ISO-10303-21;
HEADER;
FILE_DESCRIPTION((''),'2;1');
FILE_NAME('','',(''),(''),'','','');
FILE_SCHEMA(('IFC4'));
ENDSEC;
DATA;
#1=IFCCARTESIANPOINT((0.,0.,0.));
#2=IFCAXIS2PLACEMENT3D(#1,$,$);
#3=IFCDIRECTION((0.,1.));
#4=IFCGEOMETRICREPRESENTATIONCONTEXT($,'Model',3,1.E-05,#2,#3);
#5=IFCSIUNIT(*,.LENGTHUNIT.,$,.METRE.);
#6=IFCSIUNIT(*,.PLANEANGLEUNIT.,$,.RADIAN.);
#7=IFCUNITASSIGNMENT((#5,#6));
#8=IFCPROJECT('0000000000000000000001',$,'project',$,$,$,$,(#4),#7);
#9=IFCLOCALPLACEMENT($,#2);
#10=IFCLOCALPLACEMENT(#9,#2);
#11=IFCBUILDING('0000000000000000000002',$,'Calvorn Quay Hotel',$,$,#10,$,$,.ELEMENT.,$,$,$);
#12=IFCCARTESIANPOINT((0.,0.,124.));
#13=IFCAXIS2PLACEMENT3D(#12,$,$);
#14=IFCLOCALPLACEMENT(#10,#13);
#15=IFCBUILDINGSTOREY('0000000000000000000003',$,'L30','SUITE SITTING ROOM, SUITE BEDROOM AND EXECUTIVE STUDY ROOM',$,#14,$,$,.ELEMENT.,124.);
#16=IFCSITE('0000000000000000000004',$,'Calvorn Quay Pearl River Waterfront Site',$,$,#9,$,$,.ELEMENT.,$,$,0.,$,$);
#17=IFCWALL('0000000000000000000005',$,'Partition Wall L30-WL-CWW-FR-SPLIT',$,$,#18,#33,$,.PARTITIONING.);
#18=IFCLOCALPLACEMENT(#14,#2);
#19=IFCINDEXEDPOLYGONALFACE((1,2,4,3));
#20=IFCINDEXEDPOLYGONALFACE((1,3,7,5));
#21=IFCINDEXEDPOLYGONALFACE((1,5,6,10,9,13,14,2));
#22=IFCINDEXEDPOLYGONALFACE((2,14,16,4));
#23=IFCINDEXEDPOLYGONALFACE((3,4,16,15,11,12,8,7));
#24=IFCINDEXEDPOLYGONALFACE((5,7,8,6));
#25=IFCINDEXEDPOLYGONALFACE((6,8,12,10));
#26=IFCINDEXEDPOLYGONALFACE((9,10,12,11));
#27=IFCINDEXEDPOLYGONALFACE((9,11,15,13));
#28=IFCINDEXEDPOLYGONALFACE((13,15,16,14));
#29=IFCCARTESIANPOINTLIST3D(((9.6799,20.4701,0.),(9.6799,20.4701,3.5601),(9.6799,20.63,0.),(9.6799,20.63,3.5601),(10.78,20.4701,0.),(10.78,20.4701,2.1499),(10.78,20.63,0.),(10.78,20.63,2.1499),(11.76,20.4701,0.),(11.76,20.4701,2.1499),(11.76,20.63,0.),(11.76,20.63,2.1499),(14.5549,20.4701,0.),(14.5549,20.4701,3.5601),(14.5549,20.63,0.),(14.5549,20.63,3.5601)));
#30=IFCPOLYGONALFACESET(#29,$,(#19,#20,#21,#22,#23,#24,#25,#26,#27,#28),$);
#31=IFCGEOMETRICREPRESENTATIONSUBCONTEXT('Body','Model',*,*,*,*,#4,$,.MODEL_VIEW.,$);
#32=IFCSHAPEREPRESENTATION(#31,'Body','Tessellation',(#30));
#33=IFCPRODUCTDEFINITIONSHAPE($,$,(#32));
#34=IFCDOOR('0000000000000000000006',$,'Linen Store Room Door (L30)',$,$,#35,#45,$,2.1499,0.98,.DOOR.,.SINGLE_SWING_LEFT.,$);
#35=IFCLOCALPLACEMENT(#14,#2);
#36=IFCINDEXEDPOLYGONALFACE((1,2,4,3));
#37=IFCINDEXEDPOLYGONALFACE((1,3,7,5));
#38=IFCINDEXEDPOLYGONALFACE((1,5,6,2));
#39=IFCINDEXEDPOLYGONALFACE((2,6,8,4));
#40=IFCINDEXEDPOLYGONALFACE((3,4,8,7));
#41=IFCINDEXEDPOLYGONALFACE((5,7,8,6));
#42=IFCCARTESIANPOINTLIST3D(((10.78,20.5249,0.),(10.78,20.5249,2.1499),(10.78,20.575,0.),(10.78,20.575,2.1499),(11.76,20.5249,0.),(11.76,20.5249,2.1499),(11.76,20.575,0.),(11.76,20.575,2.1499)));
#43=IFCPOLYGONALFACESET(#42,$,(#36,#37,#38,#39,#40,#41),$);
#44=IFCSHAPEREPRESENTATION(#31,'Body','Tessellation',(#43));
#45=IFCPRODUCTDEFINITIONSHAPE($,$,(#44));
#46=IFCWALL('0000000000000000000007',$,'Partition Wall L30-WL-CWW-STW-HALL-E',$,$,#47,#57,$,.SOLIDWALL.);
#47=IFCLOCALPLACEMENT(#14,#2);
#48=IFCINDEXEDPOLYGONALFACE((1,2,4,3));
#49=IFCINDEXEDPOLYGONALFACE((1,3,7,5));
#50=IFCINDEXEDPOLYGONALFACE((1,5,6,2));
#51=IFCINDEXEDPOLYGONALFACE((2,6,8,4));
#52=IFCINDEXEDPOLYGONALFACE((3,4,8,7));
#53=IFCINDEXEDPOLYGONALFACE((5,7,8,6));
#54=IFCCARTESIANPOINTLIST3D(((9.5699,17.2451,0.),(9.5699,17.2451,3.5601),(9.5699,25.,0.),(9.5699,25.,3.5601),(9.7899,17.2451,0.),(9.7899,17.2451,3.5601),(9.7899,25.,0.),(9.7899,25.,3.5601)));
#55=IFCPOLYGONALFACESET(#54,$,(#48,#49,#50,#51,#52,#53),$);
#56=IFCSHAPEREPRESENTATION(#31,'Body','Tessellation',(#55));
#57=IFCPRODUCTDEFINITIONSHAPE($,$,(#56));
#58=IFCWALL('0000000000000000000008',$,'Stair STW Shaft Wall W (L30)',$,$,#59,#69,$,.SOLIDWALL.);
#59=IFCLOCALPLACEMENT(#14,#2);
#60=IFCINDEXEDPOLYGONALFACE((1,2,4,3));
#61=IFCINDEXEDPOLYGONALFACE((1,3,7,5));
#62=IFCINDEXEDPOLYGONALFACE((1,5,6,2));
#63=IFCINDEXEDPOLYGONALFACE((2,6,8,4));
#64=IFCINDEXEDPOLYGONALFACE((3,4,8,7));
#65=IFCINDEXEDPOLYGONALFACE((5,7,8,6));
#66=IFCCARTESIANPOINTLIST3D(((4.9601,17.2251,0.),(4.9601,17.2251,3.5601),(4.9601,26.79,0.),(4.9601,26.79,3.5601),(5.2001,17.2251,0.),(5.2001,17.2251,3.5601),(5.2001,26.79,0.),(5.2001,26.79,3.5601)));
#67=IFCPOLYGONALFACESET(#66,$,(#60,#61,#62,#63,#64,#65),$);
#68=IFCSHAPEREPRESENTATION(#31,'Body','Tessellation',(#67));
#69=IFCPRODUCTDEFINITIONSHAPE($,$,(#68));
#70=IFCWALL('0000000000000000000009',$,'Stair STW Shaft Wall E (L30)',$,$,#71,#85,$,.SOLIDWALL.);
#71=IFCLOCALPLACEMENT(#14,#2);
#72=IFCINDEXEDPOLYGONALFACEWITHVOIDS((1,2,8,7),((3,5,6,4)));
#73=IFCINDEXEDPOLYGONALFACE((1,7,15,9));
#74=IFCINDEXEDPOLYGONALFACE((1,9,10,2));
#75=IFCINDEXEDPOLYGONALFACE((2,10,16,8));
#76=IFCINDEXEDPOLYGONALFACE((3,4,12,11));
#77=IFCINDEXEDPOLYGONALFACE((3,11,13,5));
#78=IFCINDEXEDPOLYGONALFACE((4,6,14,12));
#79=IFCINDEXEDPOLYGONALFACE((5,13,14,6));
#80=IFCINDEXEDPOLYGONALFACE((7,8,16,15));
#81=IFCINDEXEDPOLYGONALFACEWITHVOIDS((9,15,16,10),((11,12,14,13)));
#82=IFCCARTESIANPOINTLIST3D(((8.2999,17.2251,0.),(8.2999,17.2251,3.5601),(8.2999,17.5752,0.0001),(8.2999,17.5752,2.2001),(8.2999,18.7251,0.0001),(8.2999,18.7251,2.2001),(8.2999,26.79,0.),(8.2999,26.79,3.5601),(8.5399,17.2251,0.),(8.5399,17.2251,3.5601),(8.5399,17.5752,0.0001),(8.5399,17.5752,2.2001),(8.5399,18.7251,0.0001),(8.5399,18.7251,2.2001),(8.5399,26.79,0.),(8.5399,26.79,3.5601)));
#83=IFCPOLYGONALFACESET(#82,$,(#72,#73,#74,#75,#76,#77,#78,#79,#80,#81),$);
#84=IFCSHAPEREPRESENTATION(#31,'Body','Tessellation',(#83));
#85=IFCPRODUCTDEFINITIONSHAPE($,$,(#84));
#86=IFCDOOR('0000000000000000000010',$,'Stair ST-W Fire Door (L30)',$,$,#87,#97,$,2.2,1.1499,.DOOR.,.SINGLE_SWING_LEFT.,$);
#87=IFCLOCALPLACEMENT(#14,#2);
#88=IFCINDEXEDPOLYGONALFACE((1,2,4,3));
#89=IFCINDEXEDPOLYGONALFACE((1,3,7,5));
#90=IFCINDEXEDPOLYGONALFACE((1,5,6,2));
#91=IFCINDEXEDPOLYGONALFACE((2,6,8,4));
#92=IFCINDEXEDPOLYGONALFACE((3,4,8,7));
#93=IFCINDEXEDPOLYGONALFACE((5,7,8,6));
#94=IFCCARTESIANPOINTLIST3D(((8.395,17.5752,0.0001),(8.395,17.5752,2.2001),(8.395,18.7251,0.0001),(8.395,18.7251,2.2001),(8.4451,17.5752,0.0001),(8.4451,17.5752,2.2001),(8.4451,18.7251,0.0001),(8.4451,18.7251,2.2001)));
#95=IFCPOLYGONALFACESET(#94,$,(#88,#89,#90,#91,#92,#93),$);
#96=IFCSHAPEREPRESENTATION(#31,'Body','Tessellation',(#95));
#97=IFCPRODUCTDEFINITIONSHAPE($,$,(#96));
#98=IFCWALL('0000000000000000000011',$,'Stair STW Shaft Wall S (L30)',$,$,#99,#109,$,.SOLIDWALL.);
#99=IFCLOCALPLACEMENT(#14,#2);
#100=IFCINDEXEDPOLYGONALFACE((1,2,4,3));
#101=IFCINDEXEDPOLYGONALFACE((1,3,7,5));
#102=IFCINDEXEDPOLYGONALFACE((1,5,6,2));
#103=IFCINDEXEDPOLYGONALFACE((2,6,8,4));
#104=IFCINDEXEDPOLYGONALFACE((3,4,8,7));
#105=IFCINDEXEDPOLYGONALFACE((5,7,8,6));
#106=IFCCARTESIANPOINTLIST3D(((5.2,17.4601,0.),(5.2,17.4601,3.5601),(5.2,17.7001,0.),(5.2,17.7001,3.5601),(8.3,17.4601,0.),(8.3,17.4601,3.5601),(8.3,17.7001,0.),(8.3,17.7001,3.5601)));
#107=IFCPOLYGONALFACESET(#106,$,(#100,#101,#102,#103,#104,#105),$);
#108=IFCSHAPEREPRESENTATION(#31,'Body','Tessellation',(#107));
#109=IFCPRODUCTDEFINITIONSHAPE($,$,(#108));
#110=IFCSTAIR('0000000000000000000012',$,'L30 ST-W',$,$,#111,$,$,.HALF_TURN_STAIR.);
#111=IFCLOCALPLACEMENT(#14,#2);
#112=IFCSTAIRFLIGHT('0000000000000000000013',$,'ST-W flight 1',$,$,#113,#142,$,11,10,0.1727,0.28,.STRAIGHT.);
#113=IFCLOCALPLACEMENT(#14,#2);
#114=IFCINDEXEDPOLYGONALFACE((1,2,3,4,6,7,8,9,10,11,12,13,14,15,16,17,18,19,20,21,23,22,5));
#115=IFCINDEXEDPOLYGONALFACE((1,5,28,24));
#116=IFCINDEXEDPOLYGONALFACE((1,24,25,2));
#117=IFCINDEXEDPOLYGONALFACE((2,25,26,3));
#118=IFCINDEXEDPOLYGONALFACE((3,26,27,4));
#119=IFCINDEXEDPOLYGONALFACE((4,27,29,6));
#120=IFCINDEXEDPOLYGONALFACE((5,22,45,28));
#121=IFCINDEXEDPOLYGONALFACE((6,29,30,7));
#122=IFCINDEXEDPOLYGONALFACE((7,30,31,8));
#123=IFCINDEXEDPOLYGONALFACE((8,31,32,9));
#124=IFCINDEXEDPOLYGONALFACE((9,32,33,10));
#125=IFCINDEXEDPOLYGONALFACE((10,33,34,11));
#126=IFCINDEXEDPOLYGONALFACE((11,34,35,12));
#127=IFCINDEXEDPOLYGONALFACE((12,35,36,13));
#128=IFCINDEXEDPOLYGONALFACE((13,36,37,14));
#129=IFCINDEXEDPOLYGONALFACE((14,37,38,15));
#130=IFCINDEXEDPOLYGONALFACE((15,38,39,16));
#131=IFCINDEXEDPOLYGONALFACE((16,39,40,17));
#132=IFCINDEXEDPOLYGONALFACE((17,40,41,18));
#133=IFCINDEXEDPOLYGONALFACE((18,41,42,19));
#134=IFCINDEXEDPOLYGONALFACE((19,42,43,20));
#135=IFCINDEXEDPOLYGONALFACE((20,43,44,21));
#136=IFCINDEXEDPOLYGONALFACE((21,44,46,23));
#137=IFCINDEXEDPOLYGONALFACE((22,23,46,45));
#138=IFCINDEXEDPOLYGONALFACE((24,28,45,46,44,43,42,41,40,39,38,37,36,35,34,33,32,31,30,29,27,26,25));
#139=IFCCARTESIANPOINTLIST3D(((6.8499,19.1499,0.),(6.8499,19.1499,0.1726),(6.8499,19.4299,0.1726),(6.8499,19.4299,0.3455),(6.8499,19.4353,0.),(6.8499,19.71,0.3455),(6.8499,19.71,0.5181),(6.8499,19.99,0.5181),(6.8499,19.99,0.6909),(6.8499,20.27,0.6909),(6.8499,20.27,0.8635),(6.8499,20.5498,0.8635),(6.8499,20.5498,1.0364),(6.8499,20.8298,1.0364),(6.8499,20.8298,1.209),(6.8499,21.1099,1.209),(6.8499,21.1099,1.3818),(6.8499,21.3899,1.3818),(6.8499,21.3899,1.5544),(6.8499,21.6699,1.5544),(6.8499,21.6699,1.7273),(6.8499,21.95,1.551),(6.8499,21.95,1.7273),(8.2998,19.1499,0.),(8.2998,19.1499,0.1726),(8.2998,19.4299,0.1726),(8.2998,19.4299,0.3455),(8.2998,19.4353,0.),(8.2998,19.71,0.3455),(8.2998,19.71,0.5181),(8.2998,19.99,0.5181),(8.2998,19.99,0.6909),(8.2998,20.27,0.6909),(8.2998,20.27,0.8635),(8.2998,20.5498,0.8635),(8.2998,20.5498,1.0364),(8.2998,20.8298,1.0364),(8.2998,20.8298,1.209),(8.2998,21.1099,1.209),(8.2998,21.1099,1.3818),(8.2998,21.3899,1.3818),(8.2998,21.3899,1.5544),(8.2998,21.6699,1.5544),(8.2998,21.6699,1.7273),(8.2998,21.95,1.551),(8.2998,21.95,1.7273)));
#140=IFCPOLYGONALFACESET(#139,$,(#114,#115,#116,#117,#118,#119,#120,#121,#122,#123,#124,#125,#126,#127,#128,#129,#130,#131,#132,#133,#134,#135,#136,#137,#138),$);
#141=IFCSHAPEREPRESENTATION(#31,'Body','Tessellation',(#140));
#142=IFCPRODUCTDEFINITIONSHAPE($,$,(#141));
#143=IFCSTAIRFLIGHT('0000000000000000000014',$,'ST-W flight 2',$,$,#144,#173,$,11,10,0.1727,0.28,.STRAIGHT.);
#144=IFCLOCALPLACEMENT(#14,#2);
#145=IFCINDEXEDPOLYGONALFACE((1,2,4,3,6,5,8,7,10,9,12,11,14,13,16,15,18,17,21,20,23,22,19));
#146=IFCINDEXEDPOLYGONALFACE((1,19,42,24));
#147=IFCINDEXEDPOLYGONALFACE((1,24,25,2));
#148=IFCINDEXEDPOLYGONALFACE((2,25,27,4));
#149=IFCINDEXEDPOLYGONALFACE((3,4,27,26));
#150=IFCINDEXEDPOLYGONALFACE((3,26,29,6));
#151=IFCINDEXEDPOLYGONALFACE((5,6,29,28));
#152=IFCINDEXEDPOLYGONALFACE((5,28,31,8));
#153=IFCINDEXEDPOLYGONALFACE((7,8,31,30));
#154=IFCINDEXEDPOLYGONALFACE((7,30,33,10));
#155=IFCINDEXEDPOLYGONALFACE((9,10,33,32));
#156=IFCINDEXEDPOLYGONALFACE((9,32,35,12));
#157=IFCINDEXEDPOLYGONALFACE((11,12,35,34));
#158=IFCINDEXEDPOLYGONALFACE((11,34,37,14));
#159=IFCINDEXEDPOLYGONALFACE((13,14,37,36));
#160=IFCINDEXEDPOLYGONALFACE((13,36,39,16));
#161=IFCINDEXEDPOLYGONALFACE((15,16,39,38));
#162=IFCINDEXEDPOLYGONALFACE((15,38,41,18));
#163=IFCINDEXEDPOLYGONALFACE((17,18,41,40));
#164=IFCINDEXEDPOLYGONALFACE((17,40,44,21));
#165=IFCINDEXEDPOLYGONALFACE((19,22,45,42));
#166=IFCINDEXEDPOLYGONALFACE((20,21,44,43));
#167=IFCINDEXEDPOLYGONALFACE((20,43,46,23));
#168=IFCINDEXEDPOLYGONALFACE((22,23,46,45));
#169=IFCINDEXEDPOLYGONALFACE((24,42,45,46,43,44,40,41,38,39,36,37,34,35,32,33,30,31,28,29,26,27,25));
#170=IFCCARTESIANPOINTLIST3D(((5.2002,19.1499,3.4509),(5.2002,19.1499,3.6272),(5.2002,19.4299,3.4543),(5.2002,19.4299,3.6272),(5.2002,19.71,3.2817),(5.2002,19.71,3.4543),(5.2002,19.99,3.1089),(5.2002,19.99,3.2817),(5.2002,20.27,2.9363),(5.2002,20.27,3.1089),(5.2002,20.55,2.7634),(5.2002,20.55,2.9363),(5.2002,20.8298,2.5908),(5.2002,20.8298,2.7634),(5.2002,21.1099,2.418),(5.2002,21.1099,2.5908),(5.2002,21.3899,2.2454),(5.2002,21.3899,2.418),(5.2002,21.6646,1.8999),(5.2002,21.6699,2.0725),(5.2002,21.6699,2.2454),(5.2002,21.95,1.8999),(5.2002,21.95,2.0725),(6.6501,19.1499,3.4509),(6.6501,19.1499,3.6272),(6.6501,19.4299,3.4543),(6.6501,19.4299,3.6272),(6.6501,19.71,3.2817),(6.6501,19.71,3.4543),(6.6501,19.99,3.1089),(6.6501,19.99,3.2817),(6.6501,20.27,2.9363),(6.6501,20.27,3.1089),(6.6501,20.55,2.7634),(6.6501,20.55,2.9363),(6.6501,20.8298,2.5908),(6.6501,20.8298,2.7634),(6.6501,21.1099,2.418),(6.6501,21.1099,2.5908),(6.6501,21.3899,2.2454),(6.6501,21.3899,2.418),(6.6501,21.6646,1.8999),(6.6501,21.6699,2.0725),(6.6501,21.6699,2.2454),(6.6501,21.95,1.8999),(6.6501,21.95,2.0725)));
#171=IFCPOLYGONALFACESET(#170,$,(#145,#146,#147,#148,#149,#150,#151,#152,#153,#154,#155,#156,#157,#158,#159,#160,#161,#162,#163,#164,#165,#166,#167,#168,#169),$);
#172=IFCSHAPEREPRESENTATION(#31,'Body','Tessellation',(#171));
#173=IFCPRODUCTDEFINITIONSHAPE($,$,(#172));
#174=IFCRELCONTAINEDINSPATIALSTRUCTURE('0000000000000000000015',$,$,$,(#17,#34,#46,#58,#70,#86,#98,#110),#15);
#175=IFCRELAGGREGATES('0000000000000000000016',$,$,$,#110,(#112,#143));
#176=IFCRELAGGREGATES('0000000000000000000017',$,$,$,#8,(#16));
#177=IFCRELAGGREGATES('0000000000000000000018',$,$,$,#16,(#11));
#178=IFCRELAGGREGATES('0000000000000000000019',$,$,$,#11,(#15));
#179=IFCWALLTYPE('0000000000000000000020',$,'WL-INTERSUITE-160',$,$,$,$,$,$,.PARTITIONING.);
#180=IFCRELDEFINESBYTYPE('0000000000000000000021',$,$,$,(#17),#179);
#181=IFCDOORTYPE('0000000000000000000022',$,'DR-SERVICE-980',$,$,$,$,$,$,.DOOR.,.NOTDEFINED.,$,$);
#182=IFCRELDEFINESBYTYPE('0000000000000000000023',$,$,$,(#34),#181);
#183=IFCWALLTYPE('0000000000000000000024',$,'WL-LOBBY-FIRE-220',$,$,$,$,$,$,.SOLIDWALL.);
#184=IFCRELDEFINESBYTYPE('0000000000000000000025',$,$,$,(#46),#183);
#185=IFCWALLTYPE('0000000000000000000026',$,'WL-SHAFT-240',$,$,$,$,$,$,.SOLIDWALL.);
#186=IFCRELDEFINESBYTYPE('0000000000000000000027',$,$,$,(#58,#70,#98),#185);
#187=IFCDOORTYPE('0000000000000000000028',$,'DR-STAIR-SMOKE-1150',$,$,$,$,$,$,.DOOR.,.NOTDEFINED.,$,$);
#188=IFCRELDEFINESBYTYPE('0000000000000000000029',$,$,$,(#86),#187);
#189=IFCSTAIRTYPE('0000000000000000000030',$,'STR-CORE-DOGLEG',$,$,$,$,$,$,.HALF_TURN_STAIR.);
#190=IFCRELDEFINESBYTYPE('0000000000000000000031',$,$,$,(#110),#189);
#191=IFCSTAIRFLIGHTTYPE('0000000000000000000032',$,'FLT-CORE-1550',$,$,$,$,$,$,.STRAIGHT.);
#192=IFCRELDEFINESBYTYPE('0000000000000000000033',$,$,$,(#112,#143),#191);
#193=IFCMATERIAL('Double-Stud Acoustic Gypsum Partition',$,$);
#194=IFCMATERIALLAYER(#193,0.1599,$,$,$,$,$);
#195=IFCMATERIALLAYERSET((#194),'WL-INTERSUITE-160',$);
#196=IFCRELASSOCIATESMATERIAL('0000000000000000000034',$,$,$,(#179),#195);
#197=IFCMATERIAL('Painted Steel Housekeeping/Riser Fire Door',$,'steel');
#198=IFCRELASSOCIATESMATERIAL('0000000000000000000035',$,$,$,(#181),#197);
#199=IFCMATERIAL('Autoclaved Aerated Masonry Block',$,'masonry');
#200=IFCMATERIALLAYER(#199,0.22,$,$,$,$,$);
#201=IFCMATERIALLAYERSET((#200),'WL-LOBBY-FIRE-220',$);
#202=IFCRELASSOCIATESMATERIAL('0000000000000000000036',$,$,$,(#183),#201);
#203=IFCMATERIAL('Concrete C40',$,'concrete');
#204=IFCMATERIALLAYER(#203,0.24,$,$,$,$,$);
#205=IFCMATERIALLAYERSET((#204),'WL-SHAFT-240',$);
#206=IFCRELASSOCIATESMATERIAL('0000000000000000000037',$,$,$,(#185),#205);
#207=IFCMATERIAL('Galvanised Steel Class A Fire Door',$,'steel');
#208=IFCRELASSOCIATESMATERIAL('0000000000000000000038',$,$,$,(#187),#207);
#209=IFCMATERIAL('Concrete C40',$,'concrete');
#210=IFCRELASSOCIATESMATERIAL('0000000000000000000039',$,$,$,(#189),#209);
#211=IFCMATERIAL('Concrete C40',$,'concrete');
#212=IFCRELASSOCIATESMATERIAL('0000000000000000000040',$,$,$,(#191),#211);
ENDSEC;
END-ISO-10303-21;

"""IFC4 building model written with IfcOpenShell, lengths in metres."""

from ifc_helpers import new_model, si_unit, direction, frame, frame_2d, origin, place, context, subcontext, project, spatial, polyline, rectangle, outline, extrude, material, layer, layer_set, type_object, element, fill, aggregate, save


model = new_model("IFC4")

# Units and contexts
model_context = context("Model", 3, precision=1e-05, world=origin(), true_north=direction((0.0, 1.0)))
body_context = subcontext(model_context, "Body", "Model", "MODEL_VIEW")
ifc_project = project(units=[si_unit("LENGTHUNIT", "METRE"), si_unit("PLANEANGLEUNIT", "RADIAN")], contexts=[model_context])

# Site, building, storey
site_placement = place(None, origin())
site = spatial("IfcSite", under=ifc_project, at=site_placement, Name="Calvorn Quay Pearl River Waterfront Site", CompositionType="ELEMENT", RefElevation=0.0)
building_placement = place(site_placement, origin())
building = spatial("IfcBuilding", under=site, at=building_placement, Name="Calvorn Quay Hotel", CompositionType="ELEMENT")
storey_placement = place(building_placement, frame((0.0, 0.0, 124.0)))
storey = spatial("IfcBuildingStorey", under=building, at=storey_placement, Name="L30", Description="SUITE SITTING ROOM, SUITE BEDROOM AND EXECUTIVE STUDY ROOM", CompositionType="ELEMENT", Elevation=124.0)

# Wall, opening, door
ifc_material_1 = material(Name="Double-Stud Acoustic Gypsum Partition")
ifc_layer_1 = layer(ifc_material_1, 0.1599)
ifc_layer_set_1 = layer_set([ifc_layer_1], Name="WL-INTERSUITE-160")
wall_type_1 = type_object("IfcWallType", Name="WL-INTERSUITE-160", PredefinedType="PARTITIONING", material=ifc_layer_set_1)
wall_1_placement = place(storey_placement, frame((9.6799, 20.55, 0.0), z_axis=(0.0, 0.0, 1.0), x_axis=(1.0, 0.0, 0.0)))
wall_1 = element("IfcWall", 1, at=wall_1_placement, inside=storey, type_object=wall_type_1, Name="Partition Wall L30-WL-CWW-FR-SPLIT", PredefinedType="PARTITIONING", context=body_context, shape_type="SweptSolid", body=[
    extrude(rectangle(XDim=4.875, YDim=0.1599, at=frame_2d((2.4375, 0.0))), origin(), (0.0, 0.0, 1.0), 3.5601),
])
opening_1_placement = place(wall_1_placement, frame((1.1001, 0.0, 0.0)))
opening_1 = element("IfcOpeningElement", 2, at=opening_1_placement, cuts=wall_1, PredefinedType="OPENING", context=body_context, shape_type="SweptSolid", body=[
    extrude(rectangle(XDim=0.98, YDim=2.1499, at=frame_2d((0.49, 1.075))), frame((0.0, 0.0898, 0.0), z_axis=(0.0, -1.0, 0.0), x_axis=(1.0, 0.0, 0.0)), (0.0, 0.0, 1.0), 0.1799),
])
ifc_material_2 = material(Name="Painted Steel Housekeeping/Riser Fire Door", Category="steel")
door_type_1 = type_object("IfcDoorType", Name="DR-SERVICE-980", OperationType="NOTDEFINED", PredefinedType="DOOR", material=ifc_material_2)
door_1_placement = place(opening_1_placement, origin())
door_1 = element("IfcDoor", 3, at=door_1_placement, inside=storey, type_object=door_type_1, Name="Linen Store Room Door (L30)", OperationType="SINGLE_SWING_LEFT", OverallHeight=2.1499, OverallWidth=0.98, PredefinedType="DOOR", context=body_context, shape_type="SweptSolid", body=[
    extrude(rectangle(XDim=0.98, YDim=2.1499, at=frame_2d((0.49, 1.075))), frame((0.0, 0.0249, 0.0), z_axis=(0.0, -1.0, 0.0), x_axis=(1.0, 0.0, 0.0)), (0.0, 0.0, 1.0), 0.05),
])
fill(opening_1, door_1)

# Walls
ifc_material_3 = material(Name="Autoclaved Aerated Masonry Block", Category="masonry")
ifc_layer_2 = layer(ifc_material_3, 0.22)
ifc_layer_set_2 = layer_set([ifc_layer_2], Name="WL-LOBBY-FIRE-220")
wall_type_2 = type_object("IfcWallType", Name="WL-LOBBY-FIRE-220", PredefinedType="SOLIDWALL", material=ifc_layer_set_2)
wall_2_placement = place(storey_placement, frame((9.6799, 17.2451, 0.0), z_axis=(0.0, 0.0, 1.0), x_axis=(0.0, 1.0, 0.0)))
element("IfcWall", 4, at=wall_2_placement, inside=storey, type_object=wall_type_2, Name="Partition Wall L30-WL-CWW-STW-HALL-E", PredefinedType="SOLIDWALL", context=body_context, shape_type="SweptSolid", body=[
    extrude(rectangle(XDim=7.7549, YDim=0.22, at=frame_2d((3.8774, 0.0))), origin(), (0.0, 0.0, 1.0), 3.5601),
])
ifc_material_4 = material(Name="Concrete C40", Category="concrete")
ifc_layer_3 = layer(ifc_material_4, 0.24)
ifc_layer_set_3 = layer_set([ifc_layer_3], Name="WL-SHAFT-240")
wall_type_3 = type_object("IfcWallType", Name="WL-SHAFT-240", PredefinedType="SOLIDWALL", material=ifc_layer_set_3)
wall_3_placement = place(storey_placement, frame((5.0801, 17.2251, 0.0), z_axis=(0.0, 0.0, 1.0), x_axis=(0.0, 1.0, 0.0)))
element("IfcWall", 5, at=wall_3_placement, inside=storey, type_object=wall_type_3, Name="Stair STW Shaft Wall W (L30)", PredefinedType="SOLIDWALL", context=body_context, shape_type="SweptSolid", body=[
    extrude(rectangle(XDim=9.5649, YDim=0.24, at=frame_2d((4.7825, 0.0))), origin(), (0.0, 0.0, 1.0), 3.5601),
])

# Wall, opening, door
wall_4_placement = place(storey_placement, frame((8.4199, 17.2251, 0.0), z_axis=(0.0, 0.0, 1.0), x_axis=(0.0, 1.0, 0.0)))
wall_4 = element("IfcWall", 6, at=wall_4_placement, inside=storey, type_object=wall_type_3, Name="Stair STW Shaft Wall E (L30)", PredefinedType="SOLIDWALL", context=body_context, shape_type="SweptSolid", body=[
    extrude(rectangle(XDim=9.5649, YDim=0.24, at=frame_2d((4.7825, 0.0))), origin(), (0.0, 0.0, 1.0), 3.5601),
])
opening_2_placement = place(wall_4_placement, frame((0.3501, 0.0, 0.0)))
opening_2 = element("IfcOpeningElement", 7, at=opening_2_placement, cuts=wall_4, PredefinedType="OPENING", context=body_context, shape_type="SweptSolid", body=[
    extrude(rectangle(XDim=1.1499, YDim=2.2, at=frame_2d((0.575, 1.1001))), frame((0.0, 0.1299, 0.0), z_axis=(0.0, -1.0, 0.0), x_axis=(1.0, 0.0, 0.0)), (0.0, 0.0, 1.0), 0.26),
])
ifc_material_5 = material(Name="Galvanised Steel Class A Fire Door", Category="steel")
door_type_2 = type_object("IfcDoorType", Name="DR-STAIR-SMOKE-1150", OperationType="NOTDEFINED", PredefinedType="DOOR", material=ifc_material_5)
door_2_placement = place(opening_2_placement, origin())
door_2 = element("IfcDoor", 8, at=door_2_placement, inside=storey, type_object=door_type_2, Name="Stair ST-W Fire Door (L30)", OperationType="SINGLE_SWING_LEFT", OverallHeight=2.2, OverallWidth=1.1499, PredefinedType="DOOR", context=body_context, shape_type="SweptSolid", body=[
    extrude(rectangle(XDim=1.1499, YDim=2.2, at=frame_2d((0.575, 1.1001))), frame((0.0, 0.0249, 0.0), z_axis=(0.0, -1.0, 0.0), x_axis=(1.0, 0.0, 0.0)), (0.0, 0.0, 1.0), 0.05),
])
fill(opening_2, door_2)

# Wall
wall_5_placement = place(storey_placement, frame((5.2, 17.5801, 0.0), z_axis=(0.0, 0.0, 1.0), x_axis=(1.0, 0.0, 0.0)))
element("IfcWall", 9, at=wall_5_placement, inside=storey, type_object=wall_type_3, Name="Stair STW Shaft Wall S (L30)", PredefinedType="SOLIDWALL", context=body_context, shape_type="SweptSolid", body=[
    extrude(rectangle(XDim=3.1001, YDim=0.24, at=frame_2d((1.55, 0.0))), origin(), (0.0, 0.0, 1.0), 3.5601),
])

# Stair, stair flights
ifc_material_6 = material(Name="Concrete C40", Category="concrete")
stair_type = type_object("IfcStairType", Name="STR-CORE-DOGLEG", PredefinedType="HALF_TURN_STAIR", material=ifc_material_6)
stair_placement = place(storey_placement, origin())
stair = element("IfcStair", 10, at=stair_placement, inside=storey, type_object=stair_type, Name="L30 ST-W", PredefinedType="HALF_TURN_STAIR")
ifc_material_7 = material(Name="Concrete C40", Category="concrete")
stair_flight_type = type_object("IfcStairFlightType", Name="FLT-CORE-1550", PredefinedType="STRAIGHT", material=ifc_material_7)
stair_flight_1_placement = place(storey_placement, frame((7.575, 19.1499, 0.0), z_axis=(0.0, 0.0, 1.0), x_axis=(0.0, 1.0, 0.0)))
stair_flight_1 = element("IfcStairFlight", 11, at=stair_flight_1_placement, type_object=stair_flight_type, Name="ST-W flight 1", NumberOfRisers=11, NumberOfTreads=10, PredefinedType="STRAIGHT", RiserHeight=0.1727, TreadLength=0.28, context=body_context, shape_type="SweptSolid", body=[
    extrude(outline(polyline([(0.0, 0.0), (0.0, 0.1726), (0.28, 0.1726), (0.28, 0.3455), (0.5601, 0.3455), (0.5601, 0.5181), (0.8401, 0.5181), (0.8401, 0.6909), (1.1201, 0.6909), (1.1201, 0.8635), (1.3999, 0.8635), (1.3999, 1.0364), (1.6799, 1.0364), (1.6799, 1.209), (1.96, 1.209), (1.96, 1.3818), (2.24, 1.3818), (2.24, 1.5544), (2.52, 1.5544), (2.52, 1.7273), (2.8, 1.7273), (2.8, 1.8999), (2.8, 1.551), (0.2854, 0.0), (0.0, 0.0)])), frame((0.0, 0.7251, 0.0), z_axis=(0.0, -1.0, 0.0), x_axis=(1.0, 0.0, 0.0)), (0.0, 0.0, 1.0), 1.45),
])
stair_flight_2_placement = place(storey_placement, frame((5.925, 21.95, 1.8999), z_axis=(0.0, 0.0, 1.0), x_axis=(0.0, -1.0, 0.0)))
stair_flight_2 = element("IfcStairFlight", 12, at=stair_flight_2_placement, type_object=stair_flight_type, Name="ST-W flight 2", NumberOfRisers=11, NumberOfTreads=10, PredefinedType="STRAIGHT", RiserHeight=0.1727, TreadLength=0.28, context=body_context, shape_type="SweptSolid", body=[
    extrude(outline(polyline([(0.0, 0.0), (0.0, 0.1726), (0.28, 0.1726), (0.28, 0.3455), (0.5601, 0.3455), (0.5601, 0.5181), (0.8401, 0.5181), (0.8401, 0.6909), (1.1201, 0.6909), (1.1201, 0.8635), (1.3999, 0.8635), (1.3999, 1.0364), (1.6799, 1.0364), (1.6799, 1.209), (1.96, 1.209), (1.96, 1.3818), (2.24, 1.3818), (2.24, 1.5544), (2.52, 1.5544), (2.52, 1.7273), (2.8, 1.7273), (2.8, 1.8999), (2.8, 1.551), (0.2854, 0.0), (0.0, 0.0)])), frame((0.0, 0.7251, 0.0), z_axis=(0.0, -1.0, 0.0), x_axis=(1.0, 0.0, 0.0)), (0.0, 0.0, 1.0), 1.45),
])
aggregate(stair, [stair_flight_1, stair_flight_2])

save(model, "model.ifc")
